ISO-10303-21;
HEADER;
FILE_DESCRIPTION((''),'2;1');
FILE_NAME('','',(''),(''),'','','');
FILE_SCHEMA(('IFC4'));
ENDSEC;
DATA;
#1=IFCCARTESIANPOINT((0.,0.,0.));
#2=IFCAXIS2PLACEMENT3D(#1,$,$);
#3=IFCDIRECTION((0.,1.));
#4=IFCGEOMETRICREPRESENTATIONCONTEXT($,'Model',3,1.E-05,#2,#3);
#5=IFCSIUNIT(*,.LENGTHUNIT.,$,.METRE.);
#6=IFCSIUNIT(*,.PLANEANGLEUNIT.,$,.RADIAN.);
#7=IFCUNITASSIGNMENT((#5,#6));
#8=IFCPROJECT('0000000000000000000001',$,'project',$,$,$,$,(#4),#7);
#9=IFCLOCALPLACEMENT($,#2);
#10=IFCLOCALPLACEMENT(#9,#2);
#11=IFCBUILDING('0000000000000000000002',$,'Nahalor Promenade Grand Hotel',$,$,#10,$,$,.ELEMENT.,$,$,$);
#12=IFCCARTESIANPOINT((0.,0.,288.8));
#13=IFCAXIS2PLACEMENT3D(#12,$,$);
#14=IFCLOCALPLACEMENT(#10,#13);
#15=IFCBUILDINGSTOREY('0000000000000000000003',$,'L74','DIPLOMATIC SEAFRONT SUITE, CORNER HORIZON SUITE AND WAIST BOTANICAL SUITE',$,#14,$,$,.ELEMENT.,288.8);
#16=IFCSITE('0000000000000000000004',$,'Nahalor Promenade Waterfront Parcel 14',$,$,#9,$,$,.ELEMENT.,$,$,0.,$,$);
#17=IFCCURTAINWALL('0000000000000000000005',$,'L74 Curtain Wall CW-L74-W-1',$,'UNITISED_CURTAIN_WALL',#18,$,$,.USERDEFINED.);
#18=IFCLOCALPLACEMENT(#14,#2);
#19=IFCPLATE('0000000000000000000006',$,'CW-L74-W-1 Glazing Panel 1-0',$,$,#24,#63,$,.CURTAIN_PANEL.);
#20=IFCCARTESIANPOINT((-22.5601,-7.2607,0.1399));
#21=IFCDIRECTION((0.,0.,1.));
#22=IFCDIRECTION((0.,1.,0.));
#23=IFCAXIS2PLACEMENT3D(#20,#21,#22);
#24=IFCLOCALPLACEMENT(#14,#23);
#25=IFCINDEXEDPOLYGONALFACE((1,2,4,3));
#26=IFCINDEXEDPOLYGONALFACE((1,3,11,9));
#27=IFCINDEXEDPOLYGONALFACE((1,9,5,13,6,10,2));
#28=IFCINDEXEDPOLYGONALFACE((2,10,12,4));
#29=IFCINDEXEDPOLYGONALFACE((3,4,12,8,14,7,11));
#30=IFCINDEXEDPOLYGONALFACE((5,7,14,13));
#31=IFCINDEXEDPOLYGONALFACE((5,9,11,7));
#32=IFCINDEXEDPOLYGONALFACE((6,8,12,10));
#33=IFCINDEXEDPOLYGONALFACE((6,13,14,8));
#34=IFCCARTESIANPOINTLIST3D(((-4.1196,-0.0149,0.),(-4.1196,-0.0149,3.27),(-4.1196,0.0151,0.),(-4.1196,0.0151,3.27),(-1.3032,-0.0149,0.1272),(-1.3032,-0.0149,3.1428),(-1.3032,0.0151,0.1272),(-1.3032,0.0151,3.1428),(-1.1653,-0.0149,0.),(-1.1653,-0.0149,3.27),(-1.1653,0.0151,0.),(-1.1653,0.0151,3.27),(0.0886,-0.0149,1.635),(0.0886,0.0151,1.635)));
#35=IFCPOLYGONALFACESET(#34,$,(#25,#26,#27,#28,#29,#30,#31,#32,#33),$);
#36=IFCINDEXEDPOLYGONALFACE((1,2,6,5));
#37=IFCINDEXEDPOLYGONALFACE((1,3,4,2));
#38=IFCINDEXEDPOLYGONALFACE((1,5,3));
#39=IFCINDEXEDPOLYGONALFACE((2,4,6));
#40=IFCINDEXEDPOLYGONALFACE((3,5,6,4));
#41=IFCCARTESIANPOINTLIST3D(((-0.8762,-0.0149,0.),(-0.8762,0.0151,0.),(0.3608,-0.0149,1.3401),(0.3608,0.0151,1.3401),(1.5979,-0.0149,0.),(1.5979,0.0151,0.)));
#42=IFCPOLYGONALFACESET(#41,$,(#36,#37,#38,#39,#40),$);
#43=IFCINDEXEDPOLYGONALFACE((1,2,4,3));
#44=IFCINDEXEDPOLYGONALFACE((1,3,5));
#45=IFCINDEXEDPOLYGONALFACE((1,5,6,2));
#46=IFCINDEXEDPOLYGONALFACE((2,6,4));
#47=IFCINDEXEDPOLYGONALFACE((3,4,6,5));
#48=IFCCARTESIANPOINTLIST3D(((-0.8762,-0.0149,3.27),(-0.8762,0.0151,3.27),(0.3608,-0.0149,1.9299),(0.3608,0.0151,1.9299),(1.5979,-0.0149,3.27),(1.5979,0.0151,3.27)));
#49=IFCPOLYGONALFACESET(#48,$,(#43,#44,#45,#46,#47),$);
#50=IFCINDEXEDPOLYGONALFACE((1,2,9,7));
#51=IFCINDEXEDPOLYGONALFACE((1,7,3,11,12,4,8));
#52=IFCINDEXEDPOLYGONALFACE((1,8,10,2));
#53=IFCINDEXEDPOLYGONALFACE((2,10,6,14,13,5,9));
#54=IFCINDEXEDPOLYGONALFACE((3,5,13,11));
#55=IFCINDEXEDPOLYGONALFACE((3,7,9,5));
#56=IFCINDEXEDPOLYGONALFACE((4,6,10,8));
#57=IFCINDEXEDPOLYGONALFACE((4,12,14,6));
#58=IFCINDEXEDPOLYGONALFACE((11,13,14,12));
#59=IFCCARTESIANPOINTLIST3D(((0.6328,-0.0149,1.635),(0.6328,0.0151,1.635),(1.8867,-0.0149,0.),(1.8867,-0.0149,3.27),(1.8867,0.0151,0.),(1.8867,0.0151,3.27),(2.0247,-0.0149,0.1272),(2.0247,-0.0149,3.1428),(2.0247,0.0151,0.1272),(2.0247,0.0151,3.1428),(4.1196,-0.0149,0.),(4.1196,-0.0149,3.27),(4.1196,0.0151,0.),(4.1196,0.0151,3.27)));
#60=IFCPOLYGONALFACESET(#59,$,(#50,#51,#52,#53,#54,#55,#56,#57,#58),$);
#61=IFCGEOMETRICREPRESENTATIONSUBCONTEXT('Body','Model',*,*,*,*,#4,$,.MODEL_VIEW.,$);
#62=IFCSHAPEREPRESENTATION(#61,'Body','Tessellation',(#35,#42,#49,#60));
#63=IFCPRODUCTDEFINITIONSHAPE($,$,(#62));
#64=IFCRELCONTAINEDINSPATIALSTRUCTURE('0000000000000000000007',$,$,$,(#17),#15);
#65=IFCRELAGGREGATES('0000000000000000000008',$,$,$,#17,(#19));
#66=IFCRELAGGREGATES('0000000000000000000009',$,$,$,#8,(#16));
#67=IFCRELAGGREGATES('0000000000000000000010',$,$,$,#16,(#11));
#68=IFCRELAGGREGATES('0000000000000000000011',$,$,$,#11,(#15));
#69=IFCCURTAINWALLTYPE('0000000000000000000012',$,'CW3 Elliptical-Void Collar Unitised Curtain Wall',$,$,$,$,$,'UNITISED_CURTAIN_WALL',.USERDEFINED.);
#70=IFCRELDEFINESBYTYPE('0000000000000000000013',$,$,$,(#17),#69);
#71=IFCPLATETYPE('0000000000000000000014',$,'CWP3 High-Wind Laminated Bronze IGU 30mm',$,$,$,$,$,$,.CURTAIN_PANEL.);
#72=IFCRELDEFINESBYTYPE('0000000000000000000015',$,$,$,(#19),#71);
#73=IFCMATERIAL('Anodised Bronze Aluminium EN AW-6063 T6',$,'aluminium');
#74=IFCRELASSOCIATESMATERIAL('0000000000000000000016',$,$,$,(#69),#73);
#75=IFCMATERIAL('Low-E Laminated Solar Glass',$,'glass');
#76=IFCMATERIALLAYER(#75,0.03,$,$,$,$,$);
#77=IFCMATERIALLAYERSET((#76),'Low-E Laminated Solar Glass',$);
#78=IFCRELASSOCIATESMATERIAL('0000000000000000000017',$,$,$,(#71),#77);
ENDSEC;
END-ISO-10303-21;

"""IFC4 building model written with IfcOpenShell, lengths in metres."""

from ifc_helpers import new_model, si_unit, direction, frame, origin, place, context, subcontext, project, spatial, polyline, outline, extrude, material, layer, layer_set, type_object, element, aggregate, save


model = new_model("IFC4")

# Units and contexts
model_context = context("Model", 3, precision=1e-05, world=origin(), true_north=direction((0.0, 1.0)))
body_context = subcontext(model_context, "Body", "Model", "MODEL_VIEW")
ifc_project = project(units=[si_unit("LENGTHUNIT", "METRE"), si_unit("PLANEANGLEUNIT", "RADIAN")], contexts=[model_context])

# Site, building, storey
site_placement = place(None, origin())
site = spatial("IfcSite", under=ifc_project, at=site_placement, Name="Nahalor Promenade Waterfront Parcel 14", CompositionType="ELEMENT", RefElevation=0.0)
building_placement = place(site_placement, origin())
building = spatial("IfcBuilding", under=site, at=building_placement, Name="Nahalor Promenade Grand Hotel", CompositionType="ELEMENT")
storey_placement = place(building_placement, frame((0.0, 0.0, 288.8)))
storey = spatial("IfcBuildingStorey", under=building, at=storey_placement, Name="L74", Description="DIPLOMATIC SEAFRONT SUITE, CORNER HORIZON SUITE AND WAIST BOTANICAL SUITE", CompositionType="ELEMENT", Elevation=288.8)

# Curtain wall
ifc_material_1 = material(Name="Anodised Bronze Aluminium EN AW-6063 T6", Category="aluminium")
curtain_wall_type = type_object("IfcCurtainWallType", Name="CW3 Elliptical-Void Collar Unitised Curtain Wall", ElementType="UNITISED_CURTAIN_WALL", PredefinedType="USERDEFINED", material=ifc_material_1)
curtain_wall_1_placement = place(storey_placement, origin())
curtain_wall_1 = element("IfcCurtainWall", 1, at=curtain_wall_1_placement, inside=storey, type_object=curtain_wall_type, Name="L74 Curtain Wall CW-L74-W-1", ObjectType="UNITISED_CURTAIN_WALL", PredefinedType="USERDEFINED")

# Plate
ifc_material_2 = material(Name="Low-E Laminated Solar Glass", Category="glass")
ifc_layer_1 = layer(ifc_material_2, 0.03)
ifc_layer_set_1 = layer_set([ifc_layer_1], Name="Low-E Laminated Solar Glass")
plate_type_1 = type_object("IfcPlateType", Name="CWP3 High-Wind Laminated Bronze IGU 30mm", PredefinedType="CURTAIN_PANEL", material=ifc_layer_set_1)
plate_1_placement = place(storey_placement, frame((-22.5601, -7.2607, 0.1399), z_axis=(0.0, 0.0, 1.0), x_axis=(0.0, 1.0, 0.0)))
plate_1 = element("IfcPlate", 2, at=plate_1_placement, type_object=plate_type_1, Name="CW-L74-W-1 Glazing Panel 1-0", PredefinedType="CURTAIN_PANEL", context=body_context, shape_type="SweptSolid", body=[
    extrude(outline(polyline([(-4.1196, 3.27), (-4.1196, 0.0), (-1.1653, 0.0), (-1.3032, 0.1272), (0.0886, 1.635), (-1.3032, 3.1428), (-1.1653, 3.27), (-4.1196, 3.27)])), frame((0.0, 0.0151, 0.0), z_axis=(0.0, -1.0, 0.0), x_axis=(1.0, 0.0, 0.0)), (0.0, 0.0, 1.0), 0.03),
    extrude(outline(polyline([(0.3608, 1.3401), (-0.8762, 0.0), (1.5979, 0.0), (0.3608, 1.3401)])), frame((0.0, 0.0151, 0.0), z_axis=(0.0, -1.0, 0.0), x_axis=(1.0, 0.0, 0.0)), (0.0, 0.0, 1.0), 0.03),
    extrude(outline(polyline([(0.3608, 1.9299), (1.5979, 3.27), (-0.8762, 3.27), (0.3608, 1.9299)])), frame((0.0, 0.0151, 0.0), z_axis=(0.0, -1.0, 0.0), x_axis=(1.0, 0.0, 0.0)), (0.0, 0.0, 1.0), 0.03),
    extrude(outline(polyline([(4.1196, 0.0), (4.1196, 3.27), (1.8867, 3.27), (2.0247, 3.1428), (0.6328, 1.635), (2.0247, 0.1272), (1.8867, 0.0), (4.1196, 0.0)])), frame((0.0, 0.0151, 0.0), z_axis=(0.0, -1.0, 0.0), x_axis=(1.0, 0.0, 0.0)), (0.0, 0.0, 1.0), 0.03),
])
aggregate(curtain_wall_1, [plate_1])

save(model, "model.ifc")
